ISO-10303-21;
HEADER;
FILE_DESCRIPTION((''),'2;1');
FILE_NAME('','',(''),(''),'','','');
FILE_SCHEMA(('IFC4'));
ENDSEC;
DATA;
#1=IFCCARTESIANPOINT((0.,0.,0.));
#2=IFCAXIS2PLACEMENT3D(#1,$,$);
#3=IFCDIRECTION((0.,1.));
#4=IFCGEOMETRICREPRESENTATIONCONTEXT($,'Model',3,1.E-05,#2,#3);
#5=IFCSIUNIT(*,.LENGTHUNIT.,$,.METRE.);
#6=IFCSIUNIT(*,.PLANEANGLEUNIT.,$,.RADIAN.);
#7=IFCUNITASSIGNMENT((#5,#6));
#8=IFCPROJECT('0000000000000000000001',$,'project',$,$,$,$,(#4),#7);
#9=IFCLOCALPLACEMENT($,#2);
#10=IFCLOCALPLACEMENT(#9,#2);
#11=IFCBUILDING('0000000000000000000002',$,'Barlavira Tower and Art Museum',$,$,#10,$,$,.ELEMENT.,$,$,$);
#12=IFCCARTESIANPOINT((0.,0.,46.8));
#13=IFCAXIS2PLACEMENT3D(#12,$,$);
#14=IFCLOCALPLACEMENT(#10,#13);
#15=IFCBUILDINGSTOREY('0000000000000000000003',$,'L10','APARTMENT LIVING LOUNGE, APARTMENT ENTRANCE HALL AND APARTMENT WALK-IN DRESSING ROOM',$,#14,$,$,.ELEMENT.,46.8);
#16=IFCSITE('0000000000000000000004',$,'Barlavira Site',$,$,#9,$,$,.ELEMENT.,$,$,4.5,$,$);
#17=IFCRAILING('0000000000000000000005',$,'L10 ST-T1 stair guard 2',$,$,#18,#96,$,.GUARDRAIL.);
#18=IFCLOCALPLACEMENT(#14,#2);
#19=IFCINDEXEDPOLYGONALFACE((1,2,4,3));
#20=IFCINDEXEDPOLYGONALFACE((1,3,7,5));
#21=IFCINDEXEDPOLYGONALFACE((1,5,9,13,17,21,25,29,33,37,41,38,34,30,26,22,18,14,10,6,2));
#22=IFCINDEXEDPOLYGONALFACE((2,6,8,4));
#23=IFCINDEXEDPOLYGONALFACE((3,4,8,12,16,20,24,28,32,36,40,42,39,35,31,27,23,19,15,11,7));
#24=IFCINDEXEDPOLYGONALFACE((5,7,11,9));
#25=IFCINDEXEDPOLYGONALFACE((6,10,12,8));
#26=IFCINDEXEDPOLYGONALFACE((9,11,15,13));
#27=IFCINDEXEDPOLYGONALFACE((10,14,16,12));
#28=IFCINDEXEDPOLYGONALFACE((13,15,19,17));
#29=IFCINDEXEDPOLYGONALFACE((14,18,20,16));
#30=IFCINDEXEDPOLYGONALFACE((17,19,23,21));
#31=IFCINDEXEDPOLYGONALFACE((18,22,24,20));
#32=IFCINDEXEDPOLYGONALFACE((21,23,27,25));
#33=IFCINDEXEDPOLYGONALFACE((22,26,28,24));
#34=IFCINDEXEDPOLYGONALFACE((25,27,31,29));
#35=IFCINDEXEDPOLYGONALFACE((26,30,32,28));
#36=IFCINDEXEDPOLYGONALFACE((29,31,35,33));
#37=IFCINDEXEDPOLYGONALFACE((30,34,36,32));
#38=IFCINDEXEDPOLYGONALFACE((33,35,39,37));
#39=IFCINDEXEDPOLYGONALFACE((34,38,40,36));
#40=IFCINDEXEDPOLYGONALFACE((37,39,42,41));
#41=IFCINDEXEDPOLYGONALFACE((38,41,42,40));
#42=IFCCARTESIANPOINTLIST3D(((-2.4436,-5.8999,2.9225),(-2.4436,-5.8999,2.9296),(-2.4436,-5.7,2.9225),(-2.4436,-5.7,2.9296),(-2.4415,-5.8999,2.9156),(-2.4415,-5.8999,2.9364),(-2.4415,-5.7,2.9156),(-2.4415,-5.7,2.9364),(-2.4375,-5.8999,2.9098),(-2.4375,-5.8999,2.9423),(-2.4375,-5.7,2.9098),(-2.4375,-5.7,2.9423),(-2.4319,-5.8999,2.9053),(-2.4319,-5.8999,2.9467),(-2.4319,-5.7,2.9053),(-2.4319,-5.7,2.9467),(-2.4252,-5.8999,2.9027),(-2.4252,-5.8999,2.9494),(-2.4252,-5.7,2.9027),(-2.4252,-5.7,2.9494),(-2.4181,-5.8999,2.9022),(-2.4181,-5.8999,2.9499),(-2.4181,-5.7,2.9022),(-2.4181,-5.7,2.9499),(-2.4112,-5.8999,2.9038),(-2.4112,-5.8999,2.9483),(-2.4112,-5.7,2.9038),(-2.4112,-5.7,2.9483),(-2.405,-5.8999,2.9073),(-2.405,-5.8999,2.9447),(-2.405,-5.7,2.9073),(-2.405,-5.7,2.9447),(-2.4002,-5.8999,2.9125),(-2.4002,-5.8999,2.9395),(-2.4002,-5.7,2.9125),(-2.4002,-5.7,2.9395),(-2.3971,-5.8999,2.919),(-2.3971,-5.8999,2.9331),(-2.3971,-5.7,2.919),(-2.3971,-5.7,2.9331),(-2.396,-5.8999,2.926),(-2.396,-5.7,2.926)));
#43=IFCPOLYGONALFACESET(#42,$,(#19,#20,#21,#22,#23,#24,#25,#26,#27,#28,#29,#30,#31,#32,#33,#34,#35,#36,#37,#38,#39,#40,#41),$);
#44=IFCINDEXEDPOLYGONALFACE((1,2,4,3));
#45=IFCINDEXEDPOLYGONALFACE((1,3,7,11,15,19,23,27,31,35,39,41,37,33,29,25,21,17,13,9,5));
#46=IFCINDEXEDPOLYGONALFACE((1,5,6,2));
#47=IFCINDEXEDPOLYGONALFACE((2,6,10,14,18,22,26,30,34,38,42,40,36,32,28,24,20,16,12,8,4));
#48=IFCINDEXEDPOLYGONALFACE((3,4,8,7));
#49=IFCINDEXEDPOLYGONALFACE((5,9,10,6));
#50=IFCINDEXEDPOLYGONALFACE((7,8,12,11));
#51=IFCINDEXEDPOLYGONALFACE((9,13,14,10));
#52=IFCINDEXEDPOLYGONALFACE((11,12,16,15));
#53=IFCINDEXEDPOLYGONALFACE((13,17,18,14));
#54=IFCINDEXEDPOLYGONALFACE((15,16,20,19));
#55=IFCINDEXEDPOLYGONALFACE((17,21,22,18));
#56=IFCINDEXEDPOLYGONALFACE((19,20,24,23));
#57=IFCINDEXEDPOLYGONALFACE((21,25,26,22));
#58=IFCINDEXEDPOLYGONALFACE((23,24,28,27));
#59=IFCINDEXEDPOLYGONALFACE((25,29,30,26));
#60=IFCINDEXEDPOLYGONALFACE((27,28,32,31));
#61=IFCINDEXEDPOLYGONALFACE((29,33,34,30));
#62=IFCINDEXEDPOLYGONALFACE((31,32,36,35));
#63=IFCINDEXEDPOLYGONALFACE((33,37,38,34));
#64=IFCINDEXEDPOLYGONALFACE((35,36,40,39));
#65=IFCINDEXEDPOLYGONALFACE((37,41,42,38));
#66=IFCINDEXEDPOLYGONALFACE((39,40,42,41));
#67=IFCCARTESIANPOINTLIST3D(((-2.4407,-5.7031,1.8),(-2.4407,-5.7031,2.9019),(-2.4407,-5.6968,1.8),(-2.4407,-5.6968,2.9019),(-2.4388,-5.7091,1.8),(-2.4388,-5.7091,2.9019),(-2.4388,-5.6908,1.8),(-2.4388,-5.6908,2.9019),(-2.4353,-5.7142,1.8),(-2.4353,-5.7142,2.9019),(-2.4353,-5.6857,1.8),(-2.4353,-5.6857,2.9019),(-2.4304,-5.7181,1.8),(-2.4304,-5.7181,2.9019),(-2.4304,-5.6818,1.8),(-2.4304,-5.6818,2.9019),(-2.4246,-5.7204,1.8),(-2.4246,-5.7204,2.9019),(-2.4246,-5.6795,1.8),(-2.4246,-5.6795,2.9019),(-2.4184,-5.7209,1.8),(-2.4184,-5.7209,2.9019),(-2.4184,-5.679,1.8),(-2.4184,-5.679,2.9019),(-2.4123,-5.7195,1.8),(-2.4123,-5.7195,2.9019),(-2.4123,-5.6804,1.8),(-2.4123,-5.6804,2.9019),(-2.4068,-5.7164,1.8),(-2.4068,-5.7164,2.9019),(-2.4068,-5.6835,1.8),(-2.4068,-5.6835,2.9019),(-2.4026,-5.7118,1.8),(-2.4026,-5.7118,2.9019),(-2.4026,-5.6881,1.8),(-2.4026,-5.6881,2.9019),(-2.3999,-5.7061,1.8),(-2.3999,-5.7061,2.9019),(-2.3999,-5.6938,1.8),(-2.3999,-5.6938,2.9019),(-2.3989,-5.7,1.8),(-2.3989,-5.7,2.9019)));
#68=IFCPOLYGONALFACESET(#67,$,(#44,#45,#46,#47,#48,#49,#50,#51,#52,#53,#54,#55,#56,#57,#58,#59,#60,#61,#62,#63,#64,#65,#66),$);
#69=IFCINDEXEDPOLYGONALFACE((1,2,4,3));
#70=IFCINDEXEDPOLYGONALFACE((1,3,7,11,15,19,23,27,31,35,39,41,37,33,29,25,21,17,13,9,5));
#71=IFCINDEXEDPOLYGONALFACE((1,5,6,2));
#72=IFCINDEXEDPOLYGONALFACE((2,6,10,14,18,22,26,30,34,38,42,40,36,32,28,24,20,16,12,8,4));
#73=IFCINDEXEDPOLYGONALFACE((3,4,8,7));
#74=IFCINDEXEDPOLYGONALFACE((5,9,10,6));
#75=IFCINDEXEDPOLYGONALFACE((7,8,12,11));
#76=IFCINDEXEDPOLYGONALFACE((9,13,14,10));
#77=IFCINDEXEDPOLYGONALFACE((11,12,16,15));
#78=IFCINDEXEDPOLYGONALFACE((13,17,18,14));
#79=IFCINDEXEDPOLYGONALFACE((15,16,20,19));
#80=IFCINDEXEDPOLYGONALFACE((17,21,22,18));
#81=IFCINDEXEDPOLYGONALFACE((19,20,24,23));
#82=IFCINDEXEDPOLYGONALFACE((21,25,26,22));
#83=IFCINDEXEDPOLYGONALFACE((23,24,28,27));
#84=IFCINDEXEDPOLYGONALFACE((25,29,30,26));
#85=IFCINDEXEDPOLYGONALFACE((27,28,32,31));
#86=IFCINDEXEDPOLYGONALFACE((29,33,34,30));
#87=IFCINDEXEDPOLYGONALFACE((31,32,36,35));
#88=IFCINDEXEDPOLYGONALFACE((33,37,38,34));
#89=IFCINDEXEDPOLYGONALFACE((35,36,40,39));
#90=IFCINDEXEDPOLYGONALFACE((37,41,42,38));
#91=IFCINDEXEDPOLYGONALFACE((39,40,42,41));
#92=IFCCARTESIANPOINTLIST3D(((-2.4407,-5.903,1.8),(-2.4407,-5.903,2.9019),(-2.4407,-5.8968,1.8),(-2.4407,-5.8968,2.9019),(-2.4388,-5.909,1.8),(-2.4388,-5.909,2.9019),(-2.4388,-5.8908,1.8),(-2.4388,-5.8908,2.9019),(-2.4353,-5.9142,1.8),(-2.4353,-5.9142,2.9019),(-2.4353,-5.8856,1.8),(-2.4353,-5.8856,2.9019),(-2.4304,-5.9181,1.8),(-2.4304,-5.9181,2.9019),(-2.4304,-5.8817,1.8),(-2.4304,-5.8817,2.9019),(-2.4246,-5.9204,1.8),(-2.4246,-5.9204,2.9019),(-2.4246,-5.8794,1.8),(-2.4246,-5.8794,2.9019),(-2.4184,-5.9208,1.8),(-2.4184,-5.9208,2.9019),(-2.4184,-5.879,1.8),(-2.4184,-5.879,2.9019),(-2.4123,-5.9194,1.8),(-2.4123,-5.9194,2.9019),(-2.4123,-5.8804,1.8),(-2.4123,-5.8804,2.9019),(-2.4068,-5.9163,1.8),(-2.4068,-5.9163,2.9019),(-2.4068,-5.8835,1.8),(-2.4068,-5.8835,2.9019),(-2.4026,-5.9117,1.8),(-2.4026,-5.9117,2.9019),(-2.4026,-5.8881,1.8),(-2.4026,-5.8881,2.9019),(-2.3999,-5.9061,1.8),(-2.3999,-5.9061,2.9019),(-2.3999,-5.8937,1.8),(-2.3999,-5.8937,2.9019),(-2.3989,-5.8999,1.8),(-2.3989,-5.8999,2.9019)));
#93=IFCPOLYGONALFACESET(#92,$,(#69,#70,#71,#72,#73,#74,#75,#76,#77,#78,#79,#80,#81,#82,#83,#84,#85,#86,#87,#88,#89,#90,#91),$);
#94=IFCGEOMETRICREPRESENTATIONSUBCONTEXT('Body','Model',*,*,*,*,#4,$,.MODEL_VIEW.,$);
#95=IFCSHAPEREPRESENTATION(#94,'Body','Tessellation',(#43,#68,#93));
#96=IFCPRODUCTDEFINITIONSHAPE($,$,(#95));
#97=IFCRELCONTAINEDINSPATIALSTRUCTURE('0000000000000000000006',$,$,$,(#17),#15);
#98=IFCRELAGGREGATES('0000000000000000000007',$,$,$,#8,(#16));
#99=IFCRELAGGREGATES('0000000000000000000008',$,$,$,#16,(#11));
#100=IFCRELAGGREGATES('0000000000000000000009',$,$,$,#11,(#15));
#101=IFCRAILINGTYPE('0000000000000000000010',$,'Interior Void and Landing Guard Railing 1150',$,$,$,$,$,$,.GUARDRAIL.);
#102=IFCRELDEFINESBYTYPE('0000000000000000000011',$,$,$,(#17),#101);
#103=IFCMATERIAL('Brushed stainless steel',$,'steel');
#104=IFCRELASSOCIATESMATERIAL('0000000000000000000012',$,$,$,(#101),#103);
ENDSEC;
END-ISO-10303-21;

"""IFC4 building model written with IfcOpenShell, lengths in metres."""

from ifc_helpers import new_model, si_unit, direction, frame, origin, origin_2d, place, context, subcontext, project, spatial, circle, extrude, material, type_object, element, save


model = new_model("IFC4")

# Units and contexts
model_context = context("Model", 3, precision=1e-05, world=origin(), true_north=direction((0.0, 1.0)))
body_context = subcontext(model_context, "Body", "Model", "MODEL_VIEW")
ifc_project = project(units=[si_unit("LENGTHUNIT", "METRE"), si_unit("PLANEANGLEUNIT", "RADIAN")], contexts=[model_context])

# Site, building, storey
site_placement = place(None, origin())
site = spatial("IfcSite", under=ifc_project, at=site_placement, Name="Barlavira Site", CompositionType="ELEMENT", RefElevation=4.5)
building_placement = place(site_placement, origin())
building = spatial("IfcBuilding", under=site, at=building_placement, Name="Barlavira Tower and Art Museum", CompositionType="ELEMENT")
storey_placement = place(building_placement, frame((0.0, 0.0, 46.8)))
storey = spatial("IfcBuildingStorey", under=building, at=storey_placement, Name="L10", Description="APARTMENT LIVING LOUNGE, APARTMENT ENTRANCE HALL AND APARTMENT WALK-IN DRESSING ROOM", CompositionType="ELEMENT", Elevation=46.8)

# Shared definitions
ifc_material_1 = material(Name="Brushed stainless steel", Category="steel")

# Railing
railing_type_1 = type_object("IfcRailingType", Name="Interior Void and Landing Guard Railing 1150", PredefinedType="GUARDRAIL", material=ifc_material_1)
railing_1_placement = place(storey_placement, frame((-2.4199, -5.7, 1.8)))
element("IfcRailing", 1, at=railing_1_placement, inside=storey, type_object=railing_type_1, Name="L10 ST-T1 stair guard 2", PredefinedType="GUARDRAIL", context=body_context, shape_type="SweptSolid", body=[
    extrude(circle(Radius=0.0239, at=origin_2d()), frame((0.0, 0.0, 1.126), z_axis=(0.0, -1.0, 0.0), x_axis=(1.0, 0.0, 0.0)), (0.0, 0.0, 1.0), 0.2),
    extrude(circle(Radius=0.021, at=origin_2d()), origin(), (0.0, 0.0, 1.0), 1.1018),
    extrude(circle(Radius=0.021, at=origin_2d()), frame((0.0, -0.2, 0.0)), (0.0, 0.0, 1.0), 1.1018),
])

save(model, "model.ifc")
